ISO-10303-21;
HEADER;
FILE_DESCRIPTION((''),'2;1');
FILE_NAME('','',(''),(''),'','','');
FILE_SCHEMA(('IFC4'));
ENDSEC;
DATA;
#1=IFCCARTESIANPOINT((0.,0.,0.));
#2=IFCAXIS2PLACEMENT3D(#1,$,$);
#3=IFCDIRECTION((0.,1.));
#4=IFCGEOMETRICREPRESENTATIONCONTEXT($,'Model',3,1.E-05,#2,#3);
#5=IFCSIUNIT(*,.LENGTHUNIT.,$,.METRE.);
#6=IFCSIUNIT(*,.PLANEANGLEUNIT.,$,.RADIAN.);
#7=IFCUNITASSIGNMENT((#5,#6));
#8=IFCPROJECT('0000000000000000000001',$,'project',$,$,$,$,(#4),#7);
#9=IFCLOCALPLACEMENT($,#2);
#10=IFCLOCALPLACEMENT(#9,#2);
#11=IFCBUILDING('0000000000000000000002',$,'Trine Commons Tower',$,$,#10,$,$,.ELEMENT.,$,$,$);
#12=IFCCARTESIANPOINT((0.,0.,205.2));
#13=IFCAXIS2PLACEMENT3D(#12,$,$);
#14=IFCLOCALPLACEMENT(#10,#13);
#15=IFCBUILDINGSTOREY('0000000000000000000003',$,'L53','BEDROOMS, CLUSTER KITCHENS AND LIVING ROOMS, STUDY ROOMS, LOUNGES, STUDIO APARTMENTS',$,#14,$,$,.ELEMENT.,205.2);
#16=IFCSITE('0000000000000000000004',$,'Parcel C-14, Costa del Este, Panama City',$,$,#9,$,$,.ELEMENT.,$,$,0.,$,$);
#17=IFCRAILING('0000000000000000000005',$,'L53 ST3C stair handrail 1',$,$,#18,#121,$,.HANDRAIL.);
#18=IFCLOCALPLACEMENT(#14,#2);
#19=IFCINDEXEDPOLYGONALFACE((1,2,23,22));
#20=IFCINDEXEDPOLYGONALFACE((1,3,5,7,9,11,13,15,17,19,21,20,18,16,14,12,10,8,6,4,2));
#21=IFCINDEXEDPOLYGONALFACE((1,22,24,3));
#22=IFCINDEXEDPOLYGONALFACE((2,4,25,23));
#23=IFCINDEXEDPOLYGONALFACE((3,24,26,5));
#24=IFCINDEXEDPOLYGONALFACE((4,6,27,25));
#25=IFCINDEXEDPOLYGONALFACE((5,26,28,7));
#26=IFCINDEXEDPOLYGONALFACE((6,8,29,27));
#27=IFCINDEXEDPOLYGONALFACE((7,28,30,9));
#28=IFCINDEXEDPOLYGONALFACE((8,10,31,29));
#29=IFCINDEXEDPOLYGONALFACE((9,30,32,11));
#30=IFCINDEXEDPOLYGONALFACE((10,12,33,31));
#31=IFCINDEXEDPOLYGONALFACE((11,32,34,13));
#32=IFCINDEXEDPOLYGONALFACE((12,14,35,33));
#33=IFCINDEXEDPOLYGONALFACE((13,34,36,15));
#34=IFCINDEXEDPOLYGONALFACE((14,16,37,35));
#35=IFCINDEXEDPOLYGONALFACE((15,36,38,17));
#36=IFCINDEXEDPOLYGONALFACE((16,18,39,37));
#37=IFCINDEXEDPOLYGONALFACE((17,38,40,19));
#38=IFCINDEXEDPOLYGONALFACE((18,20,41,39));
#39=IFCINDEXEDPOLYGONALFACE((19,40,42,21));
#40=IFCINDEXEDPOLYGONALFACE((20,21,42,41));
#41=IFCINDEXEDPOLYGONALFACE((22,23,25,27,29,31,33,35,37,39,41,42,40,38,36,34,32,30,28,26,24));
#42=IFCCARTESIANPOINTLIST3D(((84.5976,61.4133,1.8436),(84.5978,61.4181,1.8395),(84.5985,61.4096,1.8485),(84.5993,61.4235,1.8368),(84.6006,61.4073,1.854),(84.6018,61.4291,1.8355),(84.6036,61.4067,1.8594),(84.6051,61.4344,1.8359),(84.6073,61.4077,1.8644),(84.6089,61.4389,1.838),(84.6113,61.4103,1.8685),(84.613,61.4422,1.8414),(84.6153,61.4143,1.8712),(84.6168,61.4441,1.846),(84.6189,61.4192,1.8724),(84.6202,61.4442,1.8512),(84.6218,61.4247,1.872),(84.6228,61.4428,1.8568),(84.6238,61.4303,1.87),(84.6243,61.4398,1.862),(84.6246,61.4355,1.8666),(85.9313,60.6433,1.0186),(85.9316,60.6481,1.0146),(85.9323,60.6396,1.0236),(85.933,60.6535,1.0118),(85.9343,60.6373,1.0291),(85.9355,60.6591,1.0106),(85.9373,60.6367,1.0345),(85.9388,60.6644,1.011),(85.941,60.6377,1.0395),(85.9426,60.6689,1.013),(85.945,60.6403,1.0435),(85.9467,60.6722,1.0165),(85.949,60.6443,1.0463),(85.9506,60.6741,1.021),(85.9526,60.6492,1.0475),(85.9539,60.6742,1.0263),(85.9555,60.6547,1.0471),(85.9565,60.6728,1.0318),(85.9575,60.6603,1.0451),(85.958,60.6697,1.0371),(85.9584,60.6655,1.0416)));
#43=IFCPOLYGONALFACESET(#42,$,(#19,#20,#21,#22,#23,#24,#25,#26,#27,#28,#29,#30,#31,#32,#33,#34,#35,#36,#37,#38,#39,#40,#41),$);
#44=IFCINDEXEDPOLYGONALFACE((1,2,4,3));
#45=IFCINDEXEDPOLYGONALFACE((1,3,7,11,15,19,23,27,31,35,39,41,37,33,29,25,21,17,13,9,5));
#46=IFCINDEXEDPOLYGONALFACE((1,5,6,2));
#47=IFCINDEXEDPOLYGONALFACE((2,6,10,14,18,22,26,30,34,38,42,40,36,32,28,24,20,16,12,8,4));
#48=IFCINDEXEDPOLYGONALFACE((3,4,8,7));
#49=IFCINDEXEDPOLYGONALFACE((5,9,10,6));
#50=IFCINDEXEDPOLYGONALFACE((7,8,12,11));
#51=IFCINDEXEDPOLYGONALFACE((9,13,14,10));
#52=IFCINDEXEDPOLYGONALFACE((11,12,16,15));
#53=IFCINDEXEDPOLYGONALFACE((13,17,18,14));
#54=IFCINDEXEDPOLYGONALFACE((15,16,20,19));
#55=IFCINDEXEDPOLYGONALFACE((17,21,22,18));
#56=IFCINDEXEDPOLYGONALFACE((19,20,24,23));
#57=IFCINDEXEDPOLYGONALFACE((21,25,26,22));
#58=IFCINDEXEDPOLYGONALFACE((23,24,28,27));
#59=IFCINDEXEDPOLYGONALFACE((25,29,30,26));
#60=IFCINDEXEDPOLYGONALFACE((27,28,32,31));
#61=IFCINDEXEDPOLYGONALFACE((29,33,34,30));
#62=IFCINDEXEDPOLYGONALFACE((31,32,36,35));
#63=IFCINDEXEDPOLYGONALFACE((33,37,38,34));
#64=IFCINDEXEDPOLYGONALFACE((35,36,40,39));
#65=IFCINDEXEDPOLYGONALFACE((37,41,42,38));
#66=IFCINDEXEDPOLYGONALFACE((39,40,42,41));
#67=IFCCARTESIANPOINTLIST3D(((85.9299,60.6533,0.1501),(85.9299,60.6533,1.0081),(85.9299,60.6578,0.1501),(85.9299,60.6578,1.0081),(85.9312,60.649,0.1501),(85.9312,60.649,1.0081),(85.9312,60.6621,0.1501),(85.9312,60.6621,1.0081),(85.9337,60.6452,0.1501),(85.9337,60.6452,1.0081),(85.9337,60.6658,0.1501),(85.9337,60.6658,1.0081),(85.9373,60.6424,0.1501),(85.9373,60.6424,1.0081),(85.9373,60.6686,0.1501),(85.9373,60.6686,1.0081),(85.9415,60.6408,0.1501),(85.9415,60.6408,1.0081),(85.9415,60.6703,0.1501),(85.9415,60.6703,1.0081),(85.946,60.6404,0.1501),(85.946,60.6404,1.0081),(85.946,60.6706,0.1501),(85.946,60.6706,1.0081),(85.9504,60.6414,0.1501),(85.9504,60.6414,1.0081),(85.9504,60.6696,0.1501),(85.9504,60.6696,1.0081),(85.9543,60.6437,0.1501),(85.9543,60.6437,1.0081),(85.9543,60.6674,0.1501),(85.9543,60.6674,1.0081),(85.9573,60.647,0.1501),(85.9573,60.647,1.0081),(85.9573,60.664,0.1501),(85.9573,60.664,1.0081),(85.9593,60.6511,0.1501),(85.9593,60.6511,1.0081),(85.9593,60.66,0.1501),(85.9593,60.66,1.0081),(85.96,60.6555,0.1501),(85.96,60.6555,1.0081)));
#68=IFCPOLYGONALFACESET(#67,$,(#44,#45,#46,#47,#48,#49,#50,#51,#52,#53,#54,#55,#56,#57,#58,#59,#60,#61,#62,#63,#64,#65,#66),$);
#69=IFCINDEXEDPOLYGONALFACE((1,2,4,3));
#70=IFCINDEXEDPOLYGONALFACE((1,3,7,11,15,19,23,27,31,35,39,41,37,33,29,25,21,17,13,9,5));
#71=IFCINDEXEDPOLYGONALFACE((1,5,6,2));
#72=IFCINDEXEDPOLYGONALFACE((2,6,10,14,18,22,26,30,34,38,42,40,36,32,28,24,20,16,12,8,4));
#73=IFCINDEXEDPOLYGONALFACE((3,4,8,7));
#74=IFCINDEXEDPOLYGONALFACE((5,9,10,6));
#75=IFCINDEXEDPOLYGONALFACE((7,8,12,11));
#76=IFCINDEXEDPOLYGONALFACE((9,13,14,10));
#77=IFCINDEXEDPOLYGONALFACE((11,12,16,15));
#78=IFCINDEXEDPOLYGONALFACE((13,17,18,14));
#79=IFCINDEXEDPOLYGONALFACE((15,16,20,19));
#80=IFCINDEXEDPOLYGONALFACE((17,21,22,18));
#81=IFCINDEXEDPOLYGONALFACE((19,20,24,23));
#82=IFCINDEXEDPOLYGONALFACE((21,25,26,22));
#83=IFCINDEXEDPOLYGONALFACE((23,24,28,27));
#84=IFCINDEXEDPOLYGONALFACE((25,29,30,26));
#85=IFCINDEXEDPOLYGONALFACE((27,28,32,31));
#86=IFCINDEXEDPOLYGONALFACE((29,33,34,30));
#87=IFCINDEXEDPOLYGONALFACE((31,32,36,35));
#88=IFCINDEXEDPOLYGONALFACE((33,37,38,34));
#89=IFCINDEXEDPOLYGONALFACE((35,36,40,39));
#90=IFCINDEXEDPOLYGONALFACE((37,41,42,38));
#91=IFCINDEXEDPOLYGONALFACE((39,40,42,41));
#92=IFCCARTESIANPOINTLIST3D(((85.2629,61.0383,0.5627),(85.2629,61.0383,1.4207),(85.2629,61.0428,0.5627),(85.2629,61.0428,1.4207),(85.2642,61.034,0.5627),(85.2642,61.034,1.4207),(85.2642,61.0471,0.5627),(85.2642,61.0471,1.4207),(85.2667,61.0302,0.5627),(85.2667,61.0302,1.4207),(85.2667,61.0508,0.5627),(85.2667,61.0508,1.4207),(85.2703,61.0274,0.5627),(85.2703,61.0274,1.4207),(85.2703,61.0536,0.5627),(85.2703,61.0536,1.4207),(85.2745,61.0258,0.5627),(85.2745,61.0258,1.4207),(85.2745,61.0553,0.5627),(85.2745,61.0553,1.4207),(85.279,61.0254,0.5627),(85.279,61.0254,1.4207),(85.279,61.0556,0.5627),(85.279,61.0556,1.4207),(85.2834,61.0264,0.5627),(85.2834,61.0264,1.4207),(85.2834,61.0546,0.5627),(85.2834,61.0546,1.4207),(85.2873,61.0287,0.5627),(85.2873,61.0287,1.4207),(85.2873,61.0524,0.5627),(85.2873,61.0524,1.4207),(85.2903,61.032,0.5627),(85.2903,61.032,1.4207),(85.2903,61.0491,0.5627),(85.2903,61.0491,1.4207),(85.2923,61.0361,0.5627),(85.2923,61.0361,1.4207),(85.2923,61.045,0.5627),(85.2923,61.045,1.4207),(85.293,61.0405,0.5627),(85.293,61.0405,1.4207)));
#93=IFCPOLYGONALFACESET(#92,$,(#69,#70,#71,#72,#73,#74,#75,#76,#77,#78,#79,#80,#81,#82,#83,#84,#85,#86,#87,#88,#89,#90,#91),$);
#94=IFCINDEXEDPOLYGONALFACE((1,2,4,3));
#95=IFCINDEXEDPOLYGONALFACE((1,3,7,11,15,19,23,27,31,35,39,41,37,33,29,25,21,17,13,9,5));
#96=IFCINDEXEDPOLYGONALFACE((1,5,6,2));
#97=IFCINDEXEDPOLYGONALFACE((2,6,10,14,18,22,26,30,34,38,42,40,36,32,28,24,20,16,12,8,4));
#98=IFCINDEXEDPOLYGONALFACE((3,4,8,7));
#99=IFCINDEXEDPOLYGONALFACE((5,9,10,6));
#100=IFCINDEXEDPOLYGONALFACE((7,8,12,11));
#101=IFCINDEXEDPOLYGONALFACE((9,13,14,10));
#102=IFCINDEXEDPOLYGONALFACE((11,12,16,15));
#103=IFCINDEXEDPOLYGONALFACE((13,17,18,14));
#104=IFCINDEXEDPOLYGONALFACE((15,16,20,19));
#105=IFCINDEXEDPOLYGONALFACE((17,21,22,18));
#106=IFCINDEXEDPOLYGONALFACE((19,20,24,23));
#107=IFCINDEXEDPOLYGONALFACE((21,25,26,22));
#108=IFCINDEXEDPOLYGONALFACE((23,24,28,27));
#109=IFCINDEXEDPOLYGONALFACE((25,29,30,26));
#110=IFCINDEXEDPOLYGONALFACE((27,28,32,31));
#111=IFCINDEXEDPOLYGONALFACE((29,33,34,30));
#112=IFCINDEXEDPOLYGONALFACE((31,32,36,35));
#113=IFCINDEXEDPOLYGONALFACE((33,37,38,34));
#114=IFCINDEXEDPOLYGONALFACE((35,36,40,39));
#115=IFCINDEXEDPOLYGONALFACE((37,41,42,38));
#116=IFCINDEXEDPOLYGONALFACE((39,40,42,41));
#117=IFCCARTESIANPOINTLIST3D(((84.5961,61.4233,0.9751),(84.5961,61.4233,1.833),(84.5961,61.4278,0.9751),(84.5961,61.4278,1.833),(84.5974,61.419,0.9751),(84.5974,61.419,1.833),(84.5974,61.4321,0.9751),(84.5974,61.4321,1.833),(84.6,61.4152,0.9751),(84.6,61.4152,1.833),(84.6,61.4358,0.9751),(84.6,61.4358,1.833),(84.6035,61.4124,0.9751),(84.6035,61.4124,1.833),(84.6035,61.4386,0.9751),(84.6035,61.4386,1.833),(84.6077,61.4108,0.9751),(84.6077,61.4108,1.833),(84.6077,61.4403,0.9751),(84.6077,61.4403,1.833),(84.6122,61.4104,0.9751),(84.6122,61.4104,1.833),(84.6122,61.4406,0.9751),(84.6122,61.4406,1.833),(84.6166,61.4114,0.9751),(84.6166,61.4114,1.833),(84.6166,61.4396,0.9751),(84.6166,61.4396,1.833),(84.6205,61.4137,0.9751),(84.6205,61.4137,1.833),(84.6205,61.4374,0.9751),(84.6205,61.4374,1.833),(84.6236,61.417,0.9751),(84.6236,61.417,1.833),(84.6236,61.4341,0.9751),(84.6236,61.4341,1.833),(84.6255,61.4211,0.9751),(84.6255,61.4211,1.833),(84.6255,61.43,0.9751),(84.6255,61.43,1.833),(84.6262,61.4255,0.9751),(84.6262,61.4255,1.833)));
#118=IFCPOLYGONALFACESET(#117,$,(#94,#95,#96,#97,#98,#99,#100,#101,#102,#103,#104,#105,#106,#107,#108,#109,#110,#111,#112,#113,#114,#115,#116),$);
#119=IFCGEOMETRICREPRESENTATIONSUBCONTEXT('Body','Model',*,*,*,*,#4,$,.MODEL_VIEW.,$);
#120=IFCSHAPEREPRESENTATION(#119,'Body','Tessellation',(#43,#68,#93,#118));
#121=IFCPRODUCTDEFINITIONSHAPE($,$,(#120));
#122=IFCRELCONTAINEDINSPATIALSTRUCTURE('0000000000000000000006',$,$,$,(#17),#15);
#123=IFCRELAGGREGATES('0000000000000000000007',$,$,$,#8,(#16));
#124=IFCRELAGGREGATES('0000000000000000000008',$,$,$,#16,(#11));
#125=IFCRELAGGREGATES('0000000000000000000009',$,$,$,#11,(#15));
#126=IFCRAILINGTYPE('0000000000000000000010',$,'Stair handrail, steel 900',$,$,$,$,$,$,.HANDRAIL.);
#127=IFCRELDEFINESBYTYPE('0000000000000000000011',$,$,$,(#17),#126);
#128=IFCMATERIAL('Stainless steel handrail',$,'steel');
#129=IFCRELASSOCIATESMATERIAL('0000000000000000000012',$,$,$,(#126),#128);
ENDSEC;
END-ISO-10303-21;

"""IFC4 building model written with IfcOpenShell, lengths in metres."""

from ifc_helpers import new_model, si_unit, direction, frame, origin, origin_2d, place, context, subcontext, project, spatial, circle, extrude, material, type_object, element, save


model = new_model("IFC4")

# Units and contexts
model_context = context("Model", 3, precision=1e-05, world=origin(), true_north=direction((0.0, 1.0)))
body_context = subcontext(model_context, "Body", "Model", "MODEL_VIEW")
ifc_project = project(units=[si_unit("LENGTHUNIT", "METRE"), si_unit("PLANEANGLEUNIT", "RADIAN")], contexts=[model_context])

# Site, building, storey
site_placement = place(None, origin())
site = spatial("IfcSite", under=ifc_project, at=site_placement, Name="Parcel C-14, Costa del Este, Panama City", CompositionType="ELEMENT", RefElevation=0.0)
building_placement = place(site_placement, origin())
building = spatial("IfcBuilding", under=site, at=building_placement, Name="Trine Commons Tower", CompositionType="ELEMENT")
storey_placement = place(building_placement, frame((0.0, 0.0, 205.2)))
storey = spatial("IfcBuildingStorey", under=building, at=storey_placement, Name="L53", Description="BEDROOMS, CLUSTER KITCHENS AND LIVING ROOMS, STUDY ROOMS, LOUNGES, STUDIO APARTMENTS", CompositionType="ELEMENT", Elevation=205.2)

# Railing
ifc_material_1 = material(Name="Stainless steel handrail", Category="steel")
railing_type = type_object("IfcRailingType", Name="Stair handrail, steel 900", PredefinedType="HANDRAIL", material=ifc_material_1)
railing_placement = place(storey_placement, frame((85.9448, 60.6555, 0.1501)))
element("IfcRailing", 1, at=railing_placement, inside=storey, type_object=railing_type, Name="L53 ST3C stair handrail 1", PredefinedType="HANDRAIL", context=body_context, shape_type="SweptSolid", body=[
    extrude(circle(Radius=0.021, at=origin_2d()), frame((0.0, 0.0, 0.8789), z_axis=(-0.763405, 0.440743, 0.472185), x_axis=(-0.499992, -0.86603, 0.0)), (0.0, 0.0, 1.0), 1.7471),
    extrude(circle(Radius=0.0151, at=origin_2d()), origin(), (0.0, 0.0, 1.0), 0.8579),
    extrude(circle(Radius=0.0151, at=origin_2d()), frame((-0.667, 0.385, 0.4126)), (0.0, 0.0, 1.0), 0.8579),
    extrude(circle(Radius=0.0151, at=origin_2d()), frame((-1.3337, 0.77, 0.825)), (0.0, 0.0, 1.0), 0.8579),
])

save(model, "model.ifc")
